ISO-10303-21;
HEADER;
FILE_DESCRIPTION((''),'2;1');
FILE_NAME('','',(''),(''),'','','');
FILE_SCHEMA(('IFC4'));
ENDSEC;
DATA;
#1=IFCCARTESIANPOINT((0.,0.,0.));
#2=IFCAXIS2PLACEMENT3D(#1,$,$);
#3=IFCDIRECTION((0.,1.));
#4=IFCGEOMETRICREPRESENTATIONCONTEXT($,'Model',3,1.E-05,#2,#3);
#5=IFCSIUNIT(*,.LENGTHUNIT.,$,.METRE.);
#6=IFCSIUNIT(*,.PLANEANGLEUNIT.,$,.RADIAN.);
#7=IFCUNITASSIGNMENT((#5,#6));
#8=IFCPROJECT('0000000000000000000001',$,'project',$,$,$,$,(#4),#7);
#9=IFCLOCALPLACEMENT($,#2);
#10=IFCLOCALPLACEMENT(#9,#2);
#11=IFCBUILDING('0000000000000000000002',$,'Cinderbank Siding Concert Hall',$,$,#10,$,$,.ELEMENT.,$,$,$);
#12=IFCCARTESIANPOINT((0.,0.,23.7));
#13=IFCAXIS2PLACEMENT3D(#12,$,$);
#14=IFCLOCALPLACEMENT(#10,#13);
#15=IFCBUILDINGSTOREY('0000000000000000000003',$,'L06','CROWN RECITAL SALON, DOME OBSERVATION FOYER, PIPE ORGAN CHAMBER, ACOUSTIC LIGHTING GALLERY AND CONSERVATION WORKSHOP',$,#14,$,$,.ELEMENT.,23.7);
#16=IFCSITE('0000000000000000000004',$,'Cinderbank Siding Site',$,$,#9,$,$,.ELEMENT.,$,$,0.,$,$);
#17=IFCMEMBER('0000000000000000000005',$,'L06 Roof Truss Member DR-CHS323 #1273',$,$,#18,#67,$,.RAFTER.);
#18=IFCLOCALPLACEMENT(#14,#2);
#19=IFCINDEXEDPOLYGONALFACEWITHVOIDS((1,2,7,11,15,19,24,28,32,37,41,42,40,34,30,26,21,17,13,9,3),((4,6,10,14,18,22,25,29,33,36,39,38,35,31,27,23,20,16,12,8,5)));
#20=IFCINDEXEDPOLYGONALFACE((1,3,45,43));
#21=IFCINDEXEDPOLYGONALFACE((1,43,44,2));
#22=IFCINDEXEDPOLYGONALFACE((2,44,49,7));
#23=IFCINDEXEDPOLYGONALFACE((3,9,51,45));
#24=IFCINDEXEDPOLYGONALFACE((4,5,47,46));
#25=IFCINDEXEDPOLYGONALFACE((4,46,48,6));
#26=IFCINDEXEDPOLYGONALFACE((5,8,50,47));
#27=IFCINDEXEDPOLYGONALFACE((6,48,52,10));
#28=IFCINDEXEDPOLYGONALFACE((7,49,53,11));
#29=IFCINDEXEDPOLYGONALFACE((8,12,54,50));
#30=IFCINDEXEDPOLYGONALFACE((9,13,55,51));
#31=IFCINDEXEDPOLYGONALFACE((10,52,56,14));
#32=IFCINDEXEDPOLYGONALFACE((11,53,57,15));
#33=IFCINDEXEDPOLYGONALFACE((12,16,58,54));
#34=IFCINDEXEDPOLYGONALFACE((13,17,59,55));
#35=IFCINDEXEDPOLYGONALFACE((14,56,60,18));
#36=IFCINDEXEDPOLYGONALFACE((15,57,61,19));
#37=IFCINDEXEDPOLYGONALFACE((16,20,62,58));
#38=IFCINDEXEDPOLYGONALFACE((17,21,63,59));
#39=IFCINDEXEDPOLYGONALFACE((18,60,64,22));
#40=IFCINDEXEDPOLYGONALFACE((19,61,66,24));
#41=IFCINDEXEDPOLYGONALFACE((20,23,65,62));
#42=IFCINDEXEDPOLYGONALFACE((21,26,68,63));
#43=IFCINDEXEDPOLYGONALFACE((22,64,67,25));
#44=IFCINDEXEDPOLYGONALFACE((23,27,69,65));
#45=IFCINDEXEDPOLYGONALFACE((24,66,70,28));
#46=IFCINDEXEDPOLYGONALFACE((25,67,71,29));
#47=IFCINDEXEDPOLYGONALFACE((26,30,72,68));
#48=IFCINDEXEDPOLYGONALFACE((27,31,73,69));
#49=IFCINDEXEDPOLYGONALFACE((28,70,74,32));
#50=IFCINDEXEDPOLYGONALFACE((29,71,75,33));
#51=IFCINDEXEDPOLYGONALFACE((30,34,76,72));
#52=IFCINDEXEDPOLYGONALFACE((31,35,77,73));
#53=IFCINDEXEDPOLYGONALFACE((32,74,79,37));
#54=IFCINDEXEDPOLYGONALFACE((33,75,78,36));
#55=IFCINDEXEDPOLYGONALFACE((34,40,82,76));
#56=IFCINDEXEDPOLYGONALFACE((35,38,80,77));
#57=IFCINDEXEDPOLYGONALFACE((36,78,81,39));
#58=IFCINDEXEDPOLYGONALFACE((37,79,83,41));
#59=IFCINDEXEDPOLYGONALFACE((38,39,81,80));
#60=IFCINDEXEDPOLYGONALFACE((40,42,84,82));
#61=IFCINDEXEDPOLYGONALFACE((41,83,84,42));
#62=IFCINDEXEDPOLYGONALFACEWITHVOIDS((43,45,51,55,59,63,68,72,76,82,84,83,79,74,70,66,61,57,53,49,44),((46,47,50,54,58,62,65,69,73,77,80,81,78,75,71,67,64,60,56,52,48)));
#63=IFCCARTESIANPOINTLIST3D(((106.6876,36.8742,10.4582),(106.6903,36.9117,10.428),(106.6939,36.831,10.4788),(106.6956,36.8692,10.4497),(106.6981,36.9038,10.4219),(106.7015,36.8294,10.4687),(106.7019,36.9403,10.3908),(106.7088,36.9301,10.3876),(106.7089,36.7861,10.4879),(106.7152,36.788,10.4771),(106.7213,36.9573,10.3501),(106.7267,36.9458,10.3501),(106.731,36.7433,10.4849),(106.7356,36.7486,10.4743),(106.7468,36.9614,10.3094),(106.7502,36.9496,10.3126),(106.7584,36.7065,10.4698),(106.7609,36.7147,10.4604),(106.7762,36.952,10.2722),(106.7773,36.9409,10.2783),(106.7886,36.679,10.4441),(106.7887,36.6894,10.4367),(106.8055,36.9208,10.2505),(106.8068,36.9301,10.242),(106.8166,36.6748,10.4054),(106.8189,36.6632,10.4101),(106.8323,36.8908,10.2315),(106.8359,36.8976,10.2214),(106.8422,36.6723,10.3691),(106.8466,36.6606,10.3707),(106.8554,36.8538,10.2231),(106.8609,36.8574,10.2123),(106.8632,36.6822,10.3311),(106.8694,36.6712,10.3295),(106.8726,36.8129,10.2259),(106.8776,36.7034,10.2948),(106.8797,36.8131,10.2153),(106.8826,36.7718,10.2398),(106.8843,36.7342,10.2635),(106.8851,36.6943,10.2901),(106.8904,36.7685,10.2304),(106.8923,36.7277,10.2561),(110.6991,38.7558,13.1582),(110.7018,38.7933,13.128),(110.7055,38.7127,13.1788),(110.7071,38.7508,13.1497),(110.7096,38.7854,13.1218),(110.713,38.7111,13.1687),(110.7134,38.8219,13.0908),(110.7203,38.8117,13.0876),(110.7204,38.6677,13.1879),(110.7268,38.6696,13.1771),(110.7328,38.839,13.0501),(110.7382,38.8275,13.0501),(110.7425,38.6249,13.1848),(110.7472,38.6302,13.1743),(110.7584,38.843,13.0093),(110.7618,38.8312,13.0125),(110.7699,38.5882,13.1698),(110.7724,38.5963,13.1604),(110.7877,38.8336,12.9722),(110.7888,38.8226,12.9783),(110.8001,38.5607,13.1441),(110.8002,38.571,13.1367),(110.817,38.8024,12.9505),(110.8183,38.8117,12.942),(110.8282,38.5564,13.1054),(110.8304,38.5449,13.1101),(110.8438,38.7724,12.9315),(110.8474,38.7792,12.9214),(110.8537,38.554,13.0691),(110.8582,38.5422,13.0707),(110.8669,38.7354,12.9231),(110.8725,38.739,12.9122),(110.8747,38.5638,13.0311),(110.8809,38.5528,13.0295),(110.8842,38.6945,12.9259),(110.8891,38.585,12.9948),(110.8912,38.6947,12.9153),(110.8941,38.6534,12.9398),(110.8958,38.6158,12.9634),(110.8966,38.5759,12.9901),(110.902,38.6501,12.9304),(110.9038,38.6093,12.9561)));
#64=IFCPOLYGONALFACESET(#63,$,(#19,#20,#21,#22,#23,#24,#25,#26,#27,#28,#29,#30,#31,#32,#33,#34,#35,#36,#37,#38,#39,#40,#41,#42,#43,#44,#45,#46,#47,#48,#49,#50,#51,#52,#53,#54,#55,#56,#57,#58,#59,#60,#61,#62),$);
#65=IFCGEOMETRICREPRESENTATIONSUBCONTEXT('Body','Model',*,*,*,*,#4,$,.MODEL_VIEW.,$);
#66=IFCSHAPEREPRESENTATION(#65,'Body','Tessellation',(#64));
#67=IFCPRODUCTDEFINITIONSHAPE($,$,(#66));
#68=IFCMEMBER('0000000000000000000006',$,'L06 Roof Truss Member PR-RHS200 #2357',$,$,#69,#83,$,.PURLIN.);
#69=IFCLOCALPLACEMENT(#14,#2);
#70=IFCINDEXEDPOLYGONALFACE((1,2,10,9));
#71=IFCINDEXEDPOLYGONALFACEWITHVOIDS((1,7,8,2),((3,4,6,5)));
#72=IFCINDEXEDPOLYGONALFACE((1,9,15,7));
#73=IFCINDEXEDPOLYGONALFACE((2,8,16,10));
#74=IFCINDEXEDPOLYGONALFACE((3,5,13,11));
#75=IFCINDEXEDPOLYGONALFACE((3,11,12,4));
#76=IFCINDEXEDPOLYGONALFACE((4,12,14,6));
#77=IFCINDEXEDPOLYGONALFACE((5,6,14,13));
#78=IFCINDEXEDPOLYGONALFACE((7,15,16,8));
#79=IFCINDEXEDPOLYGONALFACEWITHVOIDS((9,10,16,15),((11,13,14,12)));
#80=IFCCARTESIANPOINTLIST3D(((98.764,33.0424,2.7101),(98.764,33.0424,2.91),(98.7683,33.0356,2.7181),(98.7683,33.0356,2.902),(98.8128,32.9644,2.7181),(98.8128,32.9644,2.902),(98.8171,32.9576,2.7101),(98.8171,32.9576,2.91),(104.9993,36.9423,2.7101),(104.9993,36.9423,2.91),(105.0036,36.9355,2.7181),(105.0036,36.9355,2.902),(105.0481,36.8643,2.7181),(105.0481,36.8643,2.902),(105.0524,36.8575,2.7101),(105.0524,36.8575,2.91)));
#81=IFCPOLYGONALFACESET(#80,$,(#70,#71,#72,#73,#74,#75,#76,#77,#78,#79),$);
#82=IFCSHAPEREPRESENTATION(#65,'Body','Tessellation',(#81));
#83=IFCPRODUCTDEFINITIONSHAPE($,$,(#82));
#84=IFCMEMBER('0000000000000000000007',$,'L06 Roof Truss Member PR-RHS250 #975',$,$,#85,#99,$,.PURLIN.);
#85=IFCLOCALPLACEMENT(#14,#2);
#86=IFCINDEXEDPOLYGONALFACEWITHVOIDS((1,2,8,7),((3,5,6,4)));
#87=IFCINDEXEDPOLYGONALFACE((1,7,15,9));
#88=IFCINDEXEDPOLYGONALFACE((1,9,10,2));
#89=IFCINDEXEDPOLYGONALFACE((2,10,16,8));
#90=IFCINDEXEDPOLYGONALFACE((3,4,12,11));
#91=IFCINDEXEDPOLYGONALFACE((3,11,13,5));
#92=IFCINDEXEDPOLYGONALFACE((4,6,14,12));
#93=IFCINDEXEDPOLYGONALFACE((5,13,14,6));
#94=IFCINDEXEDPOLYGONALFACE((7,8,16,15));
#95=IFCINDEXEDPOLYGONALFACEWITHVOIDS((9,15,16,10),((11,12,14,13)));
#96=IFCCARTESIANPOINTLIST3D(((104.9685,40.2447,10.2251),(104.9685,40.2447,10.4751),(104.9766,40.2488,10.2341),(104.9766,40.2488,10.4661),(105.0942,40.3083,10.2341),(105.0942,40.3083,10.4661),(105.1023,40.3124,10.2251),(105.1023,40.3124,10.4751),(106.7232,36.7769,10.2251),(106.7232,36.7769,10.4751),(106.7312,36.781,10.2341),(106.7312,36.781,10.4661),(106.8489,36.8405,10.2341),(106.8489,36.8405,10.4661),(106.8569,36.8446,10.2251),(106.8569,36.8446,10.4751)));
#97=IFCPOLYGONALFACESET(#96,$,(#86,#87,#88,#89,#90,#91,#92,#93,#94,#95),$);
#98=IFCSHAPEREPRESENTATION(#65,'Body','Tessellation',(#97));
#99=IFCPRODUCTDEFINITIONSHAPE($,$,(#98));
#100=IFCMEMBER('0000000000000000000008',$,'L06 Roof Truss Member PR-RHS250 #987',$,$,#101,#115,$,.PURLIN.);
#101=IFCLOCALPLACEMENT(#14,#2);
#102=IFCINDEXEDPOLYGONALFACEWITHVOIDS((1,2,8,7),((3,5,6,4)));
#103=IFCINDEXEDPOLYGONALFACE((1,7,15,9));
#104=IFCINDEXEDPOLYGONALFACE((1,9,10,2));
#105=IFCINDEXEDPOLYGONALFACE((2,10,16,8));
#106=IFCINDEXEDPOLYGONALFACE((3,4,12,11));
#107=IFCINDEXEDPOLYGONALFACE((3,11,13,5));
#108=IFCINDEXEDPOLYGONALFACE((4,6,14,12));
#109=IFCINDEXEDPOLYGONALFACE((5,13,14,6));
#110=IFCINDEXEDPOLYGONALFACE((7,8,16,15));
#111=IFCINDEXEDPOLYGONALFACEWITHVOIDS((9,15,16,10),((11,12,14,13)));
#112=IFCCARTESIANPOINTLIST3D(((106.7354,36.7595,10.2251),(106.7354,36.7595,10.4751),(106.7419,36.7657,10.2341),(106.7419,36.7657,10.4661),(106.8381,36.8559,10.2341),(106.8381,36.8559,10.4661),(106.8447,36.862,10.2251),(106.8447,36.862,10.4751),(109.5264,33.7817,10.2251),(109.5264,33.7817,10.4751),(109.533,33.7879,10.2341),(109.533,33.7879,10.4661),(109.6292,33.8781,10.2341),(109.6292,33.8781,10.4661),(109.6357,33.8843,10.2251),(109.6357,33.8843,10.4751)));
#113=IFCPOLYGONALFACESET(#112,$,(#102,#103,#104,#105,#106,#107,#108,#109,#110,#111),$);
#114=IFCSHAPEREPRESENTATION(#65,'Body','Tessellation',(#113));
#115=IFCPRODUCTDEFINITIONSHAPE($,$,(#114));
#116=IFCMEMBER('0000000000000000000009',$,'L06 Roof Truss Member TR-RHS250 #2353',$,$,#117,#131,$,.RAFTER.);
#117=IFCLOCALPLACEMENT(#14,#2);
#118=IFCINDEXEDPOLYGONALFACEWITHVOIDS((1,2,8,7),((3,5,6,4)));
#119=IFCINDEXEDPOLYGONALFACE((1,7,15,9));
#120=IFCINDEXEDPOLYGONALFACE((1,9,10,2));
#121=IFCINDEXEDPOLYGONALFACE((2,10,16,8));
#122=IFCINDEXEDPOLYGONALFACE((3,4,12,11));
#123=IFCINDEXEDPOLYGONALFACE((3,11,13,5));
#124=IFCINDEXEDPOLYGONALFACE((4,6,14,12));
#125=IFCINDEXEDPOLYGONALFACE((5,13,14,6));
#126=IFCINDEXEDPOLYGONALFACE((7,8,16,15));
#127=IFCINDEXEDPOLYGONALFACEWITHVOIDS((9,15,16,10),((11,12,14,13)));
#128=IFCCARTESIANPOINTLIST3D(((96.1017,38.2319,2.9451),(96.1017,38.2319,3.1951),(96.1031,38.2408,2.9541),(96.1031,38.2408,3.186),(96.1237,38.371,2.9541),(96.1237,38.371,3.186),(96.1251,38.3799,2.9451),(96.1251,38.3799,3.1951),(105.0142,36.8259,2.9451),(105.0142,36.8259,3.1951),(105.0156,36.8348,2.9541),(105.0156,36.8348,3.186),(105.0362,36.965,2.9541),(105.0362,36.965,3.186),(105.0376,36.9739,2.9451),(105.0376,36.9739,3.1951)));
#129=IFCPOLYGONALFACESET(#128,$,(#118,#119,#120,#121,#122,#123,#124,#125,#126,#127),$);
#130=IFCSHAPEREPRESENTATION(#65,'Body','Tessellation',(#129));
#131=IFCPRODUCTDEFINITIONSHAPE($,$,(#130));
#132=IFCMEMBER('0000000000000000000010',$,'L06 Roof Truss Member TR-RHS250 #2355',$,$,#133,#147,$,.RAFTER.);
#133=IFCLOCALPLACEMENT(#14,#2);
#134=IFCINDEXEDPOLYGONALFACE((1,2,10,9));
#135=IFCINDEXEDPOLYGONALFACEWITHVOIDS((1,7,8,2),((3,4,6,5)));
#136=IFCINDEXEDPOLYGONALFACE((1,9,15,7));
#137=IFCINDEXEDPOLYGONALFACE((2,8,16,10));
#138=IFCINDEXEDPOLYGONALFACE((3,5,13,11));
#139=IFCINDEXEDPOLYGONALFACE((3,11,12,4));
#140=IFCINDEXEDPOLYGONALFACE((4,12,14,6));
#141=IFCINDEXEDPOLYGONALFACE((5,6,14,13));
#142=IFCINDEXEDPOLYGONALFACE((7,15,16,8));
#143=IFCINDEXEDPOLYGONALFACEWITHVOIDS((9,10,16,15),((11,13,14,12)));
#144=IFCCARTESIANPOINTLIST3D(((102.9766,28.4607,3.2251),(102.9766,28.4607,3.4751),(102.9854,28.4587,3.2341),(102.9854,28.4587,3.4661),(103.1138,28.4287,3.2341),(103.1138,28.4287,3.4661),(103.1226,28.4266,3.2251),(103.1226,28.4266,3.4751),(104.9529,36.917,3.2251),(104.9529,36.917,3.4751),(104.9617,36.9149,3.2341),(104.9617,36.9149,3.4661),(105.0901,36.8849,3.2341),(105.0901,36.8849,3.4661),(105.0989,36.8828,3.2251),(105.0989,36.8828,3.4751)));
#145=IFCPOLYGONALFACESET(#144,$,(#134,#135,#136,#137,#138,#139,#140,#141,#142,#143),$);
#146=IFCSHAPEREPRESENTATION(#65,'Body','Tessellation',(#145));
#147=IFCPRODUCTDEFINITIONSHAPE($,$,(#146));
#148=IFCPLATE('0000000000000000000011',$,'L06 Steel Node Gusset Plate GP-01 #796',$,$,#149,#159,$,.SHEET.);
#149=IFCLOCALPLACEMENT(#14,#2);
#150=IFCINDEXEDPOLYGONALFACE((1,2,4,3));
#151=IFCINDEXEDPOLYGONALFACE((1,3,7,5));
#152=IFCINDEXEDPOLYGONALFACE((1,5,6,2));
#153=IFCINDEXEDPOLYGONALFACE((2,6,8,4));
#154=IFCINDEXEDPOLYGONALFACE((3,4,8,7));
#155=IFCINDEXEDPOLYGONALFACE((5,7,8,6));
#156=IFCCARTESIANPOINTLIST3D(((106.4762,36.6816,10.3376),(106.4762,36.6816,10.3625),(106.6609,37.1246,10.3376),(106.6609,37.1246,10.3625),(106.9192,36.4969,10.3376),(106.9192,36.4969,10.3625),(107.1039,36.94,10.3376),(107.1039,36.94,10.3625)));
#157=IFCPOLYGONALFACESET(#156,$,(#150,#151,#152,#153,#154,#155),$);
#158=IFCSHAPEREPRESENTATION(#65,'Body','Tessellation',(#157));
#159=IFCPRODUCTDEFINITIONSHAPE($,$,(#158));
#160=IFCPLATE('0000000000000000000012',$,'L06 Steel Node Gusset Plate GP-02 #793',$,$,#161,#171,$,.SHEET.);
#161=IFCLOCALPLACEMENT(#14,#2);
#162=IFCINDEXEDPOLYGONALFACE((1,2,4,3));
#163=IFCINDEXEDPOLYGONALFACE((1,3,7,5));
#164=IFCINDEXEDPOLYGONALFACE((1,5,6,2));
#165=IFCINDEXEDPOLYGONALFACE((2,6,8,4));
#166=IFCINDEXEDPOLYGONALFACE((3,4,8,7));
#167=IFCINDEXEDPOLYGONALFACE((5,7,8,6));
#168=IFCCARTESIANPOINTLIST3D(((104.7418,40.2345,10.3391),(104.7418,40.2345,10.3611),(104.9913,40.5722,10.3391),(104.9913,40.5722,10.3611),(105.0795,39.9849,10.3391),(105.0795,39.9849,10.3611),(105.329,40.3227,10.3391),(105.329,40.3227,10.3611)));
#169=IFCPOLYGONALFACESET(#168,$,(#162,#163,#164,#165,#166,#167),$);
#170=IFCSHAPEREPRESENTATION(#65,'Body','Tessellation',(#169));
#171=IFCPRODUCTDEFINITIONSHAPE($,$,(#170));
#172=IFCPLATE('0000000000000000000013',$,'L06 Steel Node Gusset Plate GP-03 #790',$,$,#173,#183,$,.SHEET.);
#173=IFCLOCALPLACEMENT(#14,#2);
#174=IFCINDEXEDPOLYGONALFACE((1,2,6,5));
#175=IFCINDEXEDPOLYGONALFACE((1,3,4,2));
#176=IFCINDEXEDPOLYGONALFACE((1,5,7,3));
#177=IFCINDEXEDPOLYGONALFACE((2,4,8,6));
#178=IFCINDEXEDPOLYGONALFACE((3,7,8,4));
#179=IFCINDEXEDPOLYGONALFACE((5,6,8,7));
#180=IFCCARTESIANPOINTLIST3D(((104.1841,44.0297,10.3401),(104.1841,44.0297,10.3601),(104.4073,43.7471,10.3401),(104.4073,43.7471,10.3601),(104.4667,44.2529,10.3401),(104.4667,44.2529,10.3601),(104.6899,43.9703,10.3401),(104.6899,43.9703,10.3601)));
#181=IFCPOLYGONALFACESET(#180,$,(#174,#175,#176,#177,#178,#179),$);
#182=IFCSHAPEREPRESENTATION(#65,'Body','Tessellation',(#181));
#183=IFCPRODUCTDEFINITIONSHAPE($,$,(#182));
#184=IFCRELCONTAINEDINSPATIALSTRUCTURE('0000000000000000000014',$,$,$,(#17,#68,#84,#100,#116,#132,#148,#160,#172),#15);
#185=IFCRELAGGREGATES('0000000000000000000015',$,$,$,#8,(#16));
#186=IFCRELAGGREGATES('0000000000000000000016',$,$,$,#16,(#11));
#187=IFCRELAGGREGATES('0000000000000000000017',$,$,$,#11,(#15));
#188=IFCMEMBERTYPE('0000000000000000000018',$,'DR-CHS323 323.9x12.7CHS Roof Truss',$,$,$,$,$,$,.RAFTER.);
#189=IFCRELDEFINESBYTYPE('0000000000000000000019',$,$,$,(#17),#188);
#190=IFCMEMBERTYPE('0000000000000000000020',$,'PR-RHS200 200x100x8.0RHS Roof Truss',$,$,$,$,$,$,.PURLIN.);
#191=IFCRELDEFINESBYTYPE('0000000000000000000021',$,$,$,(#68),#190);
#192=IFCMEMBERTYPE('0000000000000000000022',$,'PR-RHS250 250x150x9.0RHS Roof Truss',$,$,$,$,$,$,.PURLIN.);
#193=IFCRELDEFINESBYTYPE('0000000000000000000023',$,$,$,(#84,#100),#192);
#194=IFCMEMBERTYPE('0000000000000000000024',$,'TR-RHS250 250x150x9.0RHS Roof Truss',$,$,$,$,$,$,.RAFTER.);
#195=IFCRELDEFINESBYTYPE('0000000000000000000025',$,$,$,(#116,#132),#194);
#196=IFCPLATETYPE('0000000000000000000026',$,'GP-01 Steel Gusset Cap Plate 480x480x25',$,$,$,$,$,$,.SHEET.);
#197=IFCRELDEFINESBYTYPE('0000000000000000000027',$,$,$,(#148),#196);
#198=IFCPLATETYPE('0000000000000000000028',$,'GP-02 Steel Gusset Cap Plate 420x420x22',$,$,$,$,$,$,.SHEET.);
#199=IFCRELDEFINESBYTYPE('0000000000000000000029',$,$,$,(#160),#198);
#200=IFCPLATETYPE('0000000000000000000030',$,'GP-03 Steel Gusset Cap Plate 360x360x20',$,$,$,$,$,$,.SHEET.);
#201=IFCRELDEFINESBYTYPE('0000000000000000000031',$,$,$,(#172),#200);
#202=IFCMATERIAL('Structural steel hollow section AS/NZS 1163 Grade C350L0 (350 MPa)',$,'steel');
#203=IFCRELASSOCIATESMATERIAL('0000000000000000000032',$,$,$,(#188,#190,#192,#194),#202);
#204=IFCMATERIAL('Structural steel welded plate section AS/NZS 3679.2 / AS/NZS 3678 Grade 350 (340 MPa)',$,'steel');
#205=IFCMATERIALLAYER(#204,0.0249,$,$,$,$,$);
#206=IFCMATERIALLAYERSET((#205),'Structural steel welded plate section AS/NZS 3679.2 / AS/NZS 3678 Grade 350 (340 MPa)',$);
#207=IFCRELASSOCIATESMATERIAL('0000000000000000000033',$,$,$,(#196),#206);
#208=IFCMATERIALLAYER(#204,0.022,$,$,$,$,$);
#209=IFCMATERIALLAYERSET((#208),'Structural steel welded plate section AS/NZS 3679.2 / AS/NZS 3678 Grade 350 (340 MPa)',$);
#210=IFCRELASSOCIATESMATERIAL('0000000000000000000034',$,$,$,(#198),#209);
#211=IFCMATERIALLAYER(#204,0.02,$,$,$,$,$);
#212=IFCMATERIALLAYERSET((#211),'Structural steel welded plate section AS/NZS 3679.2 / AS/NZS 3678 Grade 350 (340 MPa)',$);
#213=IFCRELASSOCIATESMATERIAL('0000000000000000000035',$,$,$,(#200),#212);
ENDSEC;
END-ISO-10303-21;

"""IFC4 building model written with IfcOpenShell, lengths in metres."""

from ifc_helpers import new_model, si_unit, direction, frame, origin, origin_2d, place, context, subcontext, project, spatial, rectangle, hollow_rectangle, hollow_circle, extrude, material, layer, layer_set, material_profile, profile_set, type_object, element, save


model = new_model("IFC4")

# Units and contexts
model_context = context("Model", 3, precision=1e-05, world=origin(), true_north=direction((0.0, 1.0)))
body_context = subcontext(model_context, "Body", "Model", "MODEL_VIEW")
ifc_project = project(units=[si_unit("LENGTHUNIT", "METRE"), si_unit("PLANEANGLEUNIT", "RADIAN")], contexts=[model_context])

# Site, building, storey
site_placement = place(None, origin())
site = spatial("IfcSite", under=ifc_project, at=site_placement, Name="Cinderbank Siding Site", CompositionType="ELEMENT", RefElevation=0.0)
building_placement = place(site_placement, origin())
building = spatial("IfcBuilding", under=site, at=building_placement, Name="Cinderbank Siding Concert Hall", CompositionType="ELEMENT")
storey_placement = place(building_placement, frame((0.0, 0.0, 23.7)))
storey = spatial("IfcBuildingStorey", under=building, at=storey_placement, Name="L06", Description="CROWN RECITAL SALON, DOME OBSERVATION FOYER, PIPE ORGAN CHAMBER, ACOUSTIC LIGHTING GALLERY AND CONSERVATION WORKSHOP", CompositionType="ELEMENT", Elevation=23.7)

# Members
ifc_material_1 = material(Name="Structural steel hollow section AS/NZS 1163 Grade C350L0 (350 MPa)", Category="steel")
ifc_material_profile_1 = material_profile(ifc_material_1, hollow_circle(Radius=0.1619, WallThickness=0.0127, at=origin_2d()), Name="323.9x12.7CHS", Category="LoadBearing")
ifc_profile_set_1 = profile_set([ifc_material_profile_1], Name="Structural steel hollow section AS/NZS 1163 Grade C350L0 (350 MPa)")
member_type_1 = type_object("IfcMemberType", Name="DR-CHS323 323.9x12.7CHS Roof Truss", PredefinedType="RAFTER", material=ifc_profile_set_1)
member_1_placement = place(storey_placement, frame((106.79, 36.8108, 10.3501), z_axis=(0.773125, 0.362636, 0.520358), x_axis=(-0.424658, 0.905354, 0.0)))
element("IfcMember", 1, at=member_1_placement, inside=storey, type_object=member_type_1, Name="L06 Roof Truss Member DR-CHS323 #1273", PredefinedType="RAFTER", context=body_context, shape_type="SweptSolid", body=[
    extrude(hollow_circle(Radius=0.1619, WallThickness=0.0127, at=origin_2d()), origin(), (0.0, 0.0, 1.0), 5.1887),
])
ifc_material_profile_2 = material_profile(ifc_material_1, hollow_rectangle(XDim=0.1001, YDim=0.2, WallThickness=0.0081, at=origin_2d()), Name="200x100x8.0RHS", Category="LoadBearing")
ifc_profile_set_2 = profile_set([ifc_material_profile_2], Name="Structural steel hollow section AS/NZS 1163 Grade C350L0 (350 MPa)")
member_type_2 = type_object("IfcMemberType", Name="PR-RHS200 200x100x8.0RHS Roof Truss", PredefinedType="PURLIN", material=ifc_profile_set_2)
member_2_placement = place(storey_placement, frame((105.0259, 36.8999, 2.8101), z_axis=(-0.847827, -0.530273, 0.0), x_axis=(0.530273, -0.847827, 0.0)))
element("IfcMember", 2, at=member_2_placement, inside=storey, type_object=member_type_2, Name="L06 Roof Truss Member PR-RHS200 #2357", PredefinedType="PURLIN", context=body_context, shape_type="SweptSolid", body=[
    extrude(hollow_rectangle(XDim=0.1001, YDim=0.2, WallThickness=0.0081, at=origin_2d()), origin(), (0.0, 0.0, 1.0), 7.3545),
])
ifc_material_profile_3 = material_profile(ifc_material_1, hollow_rectangle(XDim=0.1499, YDim=0.25, WallThickness=0.009, at=origin_2d()), Name="250x150x9.0RHS", Category="LoadBearing")
ifc_profile_set_3 = profile_set([ifc_material_profile_3], Name="Structural steel hollow section AS/NZS 1163 Grade C350L0 (350 MPa)")
member_type_3 = type_object("IfcMemberType", Name="PR-RHS250 250x150x9.0RHS Roof Truss", PredefinedType="PURLIN", material=ifc_profile_set_3)
member_3_placement = place(storey_placement, frame((105.0354, 40.2786, 10.3501), z_axis=(0.45148, -0.892281, 0.0), x_axis=(0.892281, 0.45148, 0.0)))
element("IfcMember", 3, at=member_3_placement, inside=storey, type_object=member_type_3, Name="L06 Roof Truss Member PR-RHS250 #975", PredefinedType="PURLIN", context=body_context, shape_type="SweptSolid", body=[
    extrude(hollow_rectangle(XDim=0.1499, YDim=0.25, WallThickness=0.009, at=origin_2d()), origin(), (0.0, 0.0, 1.0), 3.8865),
])
member_4_placement = place(storey_placement, frame((106.79, 36.8108, 10.3501), z_axis=(0.683856, -0.729617, 0.0), x_axis=(0.729617, 0.683856, 0.0)))
element("IfcMember", 4, at=member_4_placement, inside=storey, type_object=member_type_3, Name="L06 Roof Truss Member PR-RHS250 #987", PredefinedType="PURLIN", context=body_context, shape_type="SweptSolid", body=[
    extrude(hollow_rectangle(XDim=0.1499, YDim=0.25, WallThickness=0.009, at=origin_2d()), origin(), (0.0, 0.0, 1.0), 4.0813),
])
ifc_material_profile_4 = material_profile(ifc_material_1, hollow_rectangle(XDim=0.1499, YDim=0.25, WallThickness=0.009, at=origin_2d()), Name="250x150x9.0RHS", Category="LoadBearing")
ifc_profile_set_4 = profile_set([ifc_material_profile_4], Name="Structural steel hollow section AS/NZS 1163 Grade C350L0 (350 MPa)")
member_type_4 = type_object("IfcMemberType", Name="TR-RHS250 250x150x9.0RHS Roof Truss", PredefinedType="RAFTER", material=ifc_profile_set_4)
member_5_placement = place(storey_placement, frame((105.0259, 36.8999, 3.0701), z_axis=(-0.987784, 0.155828, 0.0), x_axis=(-0.155828, -0.987784, 0.0)))
element("IfcMember", 5, at=member_5_placement, inside=storey, type_object=member_type_4, Name="L06 Roof Truss Member TR-RHS250 #2353", PredefinedType="RAFTER", context=body_context, shape_type="SweptSolid", body=[
    extrude(hollow_rectangle(XDim=0.1499, YDim=0.25, WallThickness=0.009, at=origin_2d()), origin(), (0.0, 0.0, 1.0), 9.0227),
])
member_6_placement = place(storey_placement, frame((105.0259, 36.8999, 3.3501), z_axis=(-0.227577, -0.97376, 0.0), x_axis=(0.97376, -0.227577, 0.0)))
element("IfcMember", 6, at=member_6_placement, inside=storey, type_object=member_type_4, Name="L06 Roof Truss Member TR-RHS250 #2355", PredefinedType="RAFTER", context=body_context, shape_type="SweptSolid", body=[
    extrude(hollow_rectangle(XDim=0.1499, YDim=0.25, WallThickness=0.009, at=origin_2d()), origin(), (0.0, 0.0, 1.0), 8.6841),
])

# Plates
ifc_material_2 = material(Name="Structural steel welded plate section AS/NZS 3679.2 / AS/NZS 3678 Grade 350 (340 MPa)", Category="steel")
ifc_layer_1 = layer(ifc_material_2, 0.0249)
ifc_layer_set_1 = layer_set([ifc_layer_1], Name="Structural steel welded plate section AS/NZS 3679.2 / AS/NZS 3678 Grade 350 (340 MPa)")
plate_type_1 = type_object("IfcPlateType", Name="GP-01 Steel Gusset Cap Plate 480x480x25", PredefinedType="SHEET", material=ifc_layer_set_1)
plate_1_placement = place(storey_placement, frame((106.79, 36.8108, 10.3376), z_axis=(0.0, 0.0, 1.0), x_axis=(0.923009, -0.384779, 0.0)))
element("IfcPlate", 7, at=plate_1_placement, inside=storey, type_object=plate_type_1, Name="L06 Steel Node Gusset Plate GP-01 #796", PredefinedType="SHEET", context=body_context, shape_type="SweptSolid", body=[
    extrude(rectangle(XDim=0.48, YDim=0.48, at=origin_2d()), origin(), (0.0, 0.0, 1.0), 0.0249),
])
ifc_layer_2 = layer(ifc_material_2, 0.022)
ifc_layer_set_2 = layer_set([ifc_layer_2], Name="Structural steel welded plate section AS/NZS 3679.2 / AS/NZS 3678 Grade 350 (340 MPa)")
plate_type_2 = type_object("IfcPlateType", Name="GP-02 Steel Gusset Cap Plate 420x420x22", PredefinedType="SHEET", material=ifc_layer_set_2)
plate_2_placement = place(storey_placement, frame((105.0354, 40.2786, 10.3391), z_axis=(0.0, 0.0, 1.0), x_axis=(0.804272, -0.594261, 0.0)))
element("IfcPlate", 8, at=plate_2_placement, inside=storey, type_object=plate_type_2, Name="L06 Steel Node Gusset Plate GP-02 #793", PredefinedType="SHEET", context=body_context, shape_type="SweptSolid", body=[
    extrude(rectangle(XDim=0.4199, YDim=0.4199, at=origin_2d()), origin(), (0.0, 0.0, 1.0), 0.022),
])
ifc_layer_3 = layer(ifc_material_2, 0.02)
ifc_layer_set_3 = layer_set([ifc_layer_3], Name="Structural steel welded plate section AS/NZS 3679.2 / AS/NZS 3678 Grade 350 (340 MPa)")
plate_type_3 = type_object("IfcPlateType", Name="GP-03 Steel Gusset Cap Plate 360x360x20", PredefinedType="SHEET", material=ifc_layer_set_3)
plate_3_placement = place(storey_placement, frame((104.437, 44.0, 10.3401), z_axis=(0.0, 0.0, 1.0), x_axis=(0.619916, -0.784668, 0.0)))
element("IfcPlate", 9, at=plate_3_placement, inside=storey, type_object=plate_type_3, Name="L06 Steel Node Gusset Plate GP-03 #790", PredefinedType="SHEET", context=body_context, shape_type="SweptSolid", body=[
    extrude(rectangle(XDim=0.3601, YDim=0.3601, at=origin_2d()), origin(), (0.0, 0.0, 1.0), 0.02),
])

save(model, "model.ifc")
